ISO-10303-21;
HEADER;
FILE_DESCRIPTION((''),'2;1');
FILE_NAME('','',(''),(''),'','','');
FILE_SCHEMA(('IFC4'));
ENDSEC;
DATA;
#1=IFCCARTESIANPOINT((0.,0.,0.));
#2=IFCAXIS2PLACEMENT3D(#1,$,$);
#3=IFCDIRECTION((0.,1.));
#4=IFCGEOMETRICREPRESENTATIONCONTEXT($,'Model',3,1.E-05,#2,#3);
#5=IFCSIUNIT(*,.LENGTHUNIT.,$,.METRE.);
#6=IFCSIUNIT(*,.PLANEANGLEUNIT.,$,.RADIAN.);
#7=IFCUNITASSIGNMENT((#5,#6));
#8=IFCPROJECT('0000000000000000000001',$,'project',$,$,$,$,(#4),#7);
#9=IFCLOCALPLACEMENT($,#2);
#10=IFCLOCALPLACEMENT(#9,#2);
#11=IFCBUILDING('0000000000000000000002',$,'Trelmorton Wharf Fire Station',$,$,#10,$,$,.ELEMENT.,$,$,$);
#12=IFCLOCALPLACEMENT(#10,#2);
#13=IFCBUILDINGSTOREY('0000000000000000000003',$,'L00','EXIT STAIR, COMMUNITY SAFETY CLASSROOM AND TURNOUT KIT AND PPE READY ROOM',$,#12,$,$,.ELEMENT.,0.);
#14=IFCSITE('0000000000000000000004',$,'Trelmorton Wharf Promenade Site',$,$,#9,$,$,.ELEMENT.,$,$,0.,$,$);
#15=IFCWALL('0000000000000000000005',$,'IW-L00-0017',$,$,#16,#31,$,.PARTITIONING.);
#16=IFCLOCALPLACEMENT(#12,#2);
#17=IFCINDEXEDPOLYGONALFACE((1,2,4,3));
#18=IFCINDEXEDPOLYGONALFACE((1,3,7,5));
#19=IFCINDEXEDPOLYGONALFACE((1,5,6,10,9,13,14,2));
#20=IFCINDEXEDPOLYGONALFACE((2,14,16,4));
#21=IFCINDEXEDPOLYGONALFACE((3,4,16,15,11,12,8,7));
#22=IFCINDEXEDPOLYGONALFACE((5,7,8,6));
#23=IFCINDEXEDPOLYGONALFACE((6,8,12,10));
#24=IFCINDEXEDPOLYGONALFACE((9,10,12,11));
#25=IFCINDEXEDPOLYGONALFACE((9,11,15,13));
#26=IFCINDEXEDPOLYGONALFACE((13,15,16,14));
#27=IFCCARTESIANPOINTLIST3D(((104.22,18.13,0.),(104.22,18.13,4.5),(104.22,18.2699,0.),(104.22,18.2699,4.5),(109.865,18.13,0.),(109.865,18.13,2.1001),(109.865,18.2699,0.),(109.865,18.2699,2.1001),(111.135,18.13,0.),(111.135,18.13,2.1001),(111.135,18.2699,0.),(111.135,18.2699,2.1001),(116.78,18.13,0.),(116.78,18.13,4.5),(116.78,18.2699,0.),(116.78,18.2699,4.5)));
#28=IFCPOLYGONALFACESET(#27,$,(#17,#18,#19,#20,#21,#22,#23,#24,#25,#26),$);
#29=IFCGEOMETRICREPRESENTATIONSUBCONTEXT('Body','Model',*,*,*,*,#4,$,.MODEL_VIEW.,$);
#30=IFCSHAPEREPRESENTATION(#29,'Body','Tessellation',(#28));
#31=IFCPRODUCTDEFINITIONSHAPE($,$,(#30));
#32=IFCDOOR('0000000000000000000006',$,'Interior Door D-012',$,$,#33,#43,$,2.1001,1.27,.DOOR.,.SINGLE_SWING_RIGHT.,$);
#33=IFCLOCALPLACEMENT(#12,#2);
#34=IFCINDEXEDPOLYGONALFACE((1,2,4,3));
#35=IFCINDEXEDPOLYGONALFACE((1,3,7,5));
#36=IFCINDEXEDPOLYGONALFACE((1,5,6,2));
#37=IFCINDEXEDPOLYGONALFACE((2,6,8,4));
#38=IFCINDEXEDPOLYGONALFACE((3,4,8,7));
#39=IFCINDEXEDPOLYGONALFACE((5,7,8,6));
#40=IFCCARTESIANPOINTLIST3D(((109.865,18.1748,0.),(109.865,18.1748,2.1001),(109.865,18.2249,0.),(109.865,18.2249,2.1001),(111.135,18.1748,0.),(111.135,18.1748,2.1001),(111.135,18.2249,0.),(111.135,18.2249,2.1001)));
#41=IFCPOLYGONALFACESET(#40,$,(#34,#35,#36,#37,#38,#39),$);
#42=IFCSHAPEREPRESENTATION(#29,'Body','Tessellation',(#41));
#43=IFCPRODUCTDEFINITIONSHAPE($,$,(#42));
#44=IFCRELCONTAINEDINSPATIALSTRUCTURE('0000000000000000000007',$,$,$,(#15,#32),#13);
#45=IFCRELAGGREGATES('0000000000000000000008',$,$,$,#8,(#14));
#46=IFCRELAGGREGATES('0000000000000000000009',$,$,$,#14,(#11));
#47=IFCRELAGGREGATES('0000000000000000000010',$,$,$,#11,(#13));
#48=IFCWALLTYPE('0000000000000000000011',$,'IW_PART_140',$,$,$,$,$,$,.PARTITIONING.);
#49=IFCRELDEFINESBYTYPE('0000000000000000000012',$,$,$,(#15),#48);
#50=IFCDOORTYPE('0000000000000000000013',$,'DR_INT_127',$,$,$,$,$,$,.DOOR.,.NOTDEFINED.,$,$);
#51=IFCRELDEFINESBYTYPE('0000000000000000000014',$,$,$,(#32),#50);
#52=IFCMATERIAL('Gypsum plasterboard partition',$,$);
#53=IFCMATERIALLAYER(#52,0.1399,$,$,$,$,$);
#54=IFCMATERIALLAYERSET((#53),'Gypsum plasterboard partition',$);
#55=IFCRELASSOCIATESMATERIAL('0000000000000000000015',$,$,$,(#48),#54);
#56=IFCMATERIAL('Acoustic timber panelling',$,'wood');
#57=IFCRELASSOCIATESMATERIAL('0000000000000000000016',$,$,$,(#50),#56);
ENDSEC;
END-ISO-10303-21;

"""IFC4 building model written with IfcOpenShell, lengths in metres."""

from ifc_helpers import new_model, si_unit, direction, frame, frame_2d, origin, place, context, subcontext, project, spatial, rectangle, extrude, material, layer, layer_set, type_object, element, fill, save


model = new_model("IFC4")

# Units and contexts
model_context = context("Model", 3, precision=1e-05, world=origin(), true_north=direction((0.0, 1.0)))
body_context = subcontext(model_context, "Body", "Model", "MODEL_VIEW")
ifc_project = project(units=[si_unit("LENGTHUNIT", "METRE"), si_unit("PLANEANGLEUNIT", "RADIAN")], contexts=[model_context])

# Site, building, storey
site_placement = place(None, origin())
site = spatial("IfcSite", under=ifc_project, at=site_placement, Name="Trelmorton Wharf Promenade Site", CompositionType="ELEMENT", RefElevation=0.0)
building_placement = place(site_placement, origin())
building = spatial("IfcBuilding", under=site, at=building_placement, Name="Trelmorton Wharf Fire Station", CompositionType="ELEMENT")
storey_placement = place(building_placement, origin())
storey = spatial("IfcBuildingStorey", under=building, at=storey_placement, Name="L00", Description="EXIT STAIR, COMMUNITY SAFETY CLASSROOM AND TURNOUT KIT AND PPE READY ROOM", CompositionType="ELEMENT", Elevation=0.0)

# Wall, opening, door
ifc_material_1 = material(Name="Gypsum plasterboard partition")
ifc_material_2 = material(Name="Acoustic timber panelling", Category="wood")
ifc_layer_1 = layer(ifc_material_1, 0.1399)
ifc_layer_set_1 = layer_set([ifc_layer_1], Name="Gypsum plasterboard partition")
wall_type_1 = type_object("IfcWallType", Name="IW_PART_140", PredefinedType="PARTITIONING", material=ifc_layer_set_1)
wall_1_placement = place(storey_placement, frame((104.22, 18.2, 0.0), z_axis=(0.0, 0.0, 1.0), x_axis=(1.0, 0.0, 0.0)))
wall_1 = element("IfcWall", 1, at=wall_1_placement, inside=storey, type_object=wall_type_1, Name="IW-L00-0017", PredefinedType="PARTITIONING", context=body_context, shape_type="SweptSolid", body=[
    extrude(rectangle(XDim=12.5601, YDim=0.1399, at=frame_2d((6.28, 0.0))), origin(), (0.0, 0.0, 1.0), 4.5),
])
opening_1_placement = place(wall_1_placement, frame((5.645, 0.0, 0.0)))
opening_1 = element("IfcOpeningElement", 2, at=opening_1_placement, cuts=wall_1, PredefinedType="OPENING", context=body_context, shape_type="SweptSolid", body=[
    extrude(rectangle(XDim=1.27, YDim=2.1001, at=frame_2d((0.635, 1.05))), frame((0.0, 0.0801, 0.0), z_axis=(0.0, -1.0, 0.0), x_axis=(1.0, 0.0, 0.0)), (0.0, 0.0, 1.0), 0.1599),
])
door_type_1 = type_object("IfcDoorType", Name="DR_INT_127", OperationType="NOTDEFINED", PredefinedType="DOOR", material=ifc_material_2)
door_1_placement = place(opening_1_placement, origin())
door_1 = element("IfcDoor", 3, at=door_1_placement, inside=storey, type_object=door_type_1, Name="Interior Door D-012", OperationType="SINGLE_SWING_RIGHT", OverallHeight=2.1001, OverallWidth=1.27, PredefinedType="DOOR", context=body_context, shape_type="SweptSolid", body=[
    extrude(rectangle(XDim=1.27, YDim=2.1001, at=frame_2d((0.635, 1.05))), frame((0.0, 0.0249, 0.0), z_axis=(0.0, -1.0, 0.0), x_axis=(1.0, 0.0, 0.0)), (0.0, 0.0, 1.0), 0.05),
])
fill(opening_1, door_1)

save(model, "model.ifc")
